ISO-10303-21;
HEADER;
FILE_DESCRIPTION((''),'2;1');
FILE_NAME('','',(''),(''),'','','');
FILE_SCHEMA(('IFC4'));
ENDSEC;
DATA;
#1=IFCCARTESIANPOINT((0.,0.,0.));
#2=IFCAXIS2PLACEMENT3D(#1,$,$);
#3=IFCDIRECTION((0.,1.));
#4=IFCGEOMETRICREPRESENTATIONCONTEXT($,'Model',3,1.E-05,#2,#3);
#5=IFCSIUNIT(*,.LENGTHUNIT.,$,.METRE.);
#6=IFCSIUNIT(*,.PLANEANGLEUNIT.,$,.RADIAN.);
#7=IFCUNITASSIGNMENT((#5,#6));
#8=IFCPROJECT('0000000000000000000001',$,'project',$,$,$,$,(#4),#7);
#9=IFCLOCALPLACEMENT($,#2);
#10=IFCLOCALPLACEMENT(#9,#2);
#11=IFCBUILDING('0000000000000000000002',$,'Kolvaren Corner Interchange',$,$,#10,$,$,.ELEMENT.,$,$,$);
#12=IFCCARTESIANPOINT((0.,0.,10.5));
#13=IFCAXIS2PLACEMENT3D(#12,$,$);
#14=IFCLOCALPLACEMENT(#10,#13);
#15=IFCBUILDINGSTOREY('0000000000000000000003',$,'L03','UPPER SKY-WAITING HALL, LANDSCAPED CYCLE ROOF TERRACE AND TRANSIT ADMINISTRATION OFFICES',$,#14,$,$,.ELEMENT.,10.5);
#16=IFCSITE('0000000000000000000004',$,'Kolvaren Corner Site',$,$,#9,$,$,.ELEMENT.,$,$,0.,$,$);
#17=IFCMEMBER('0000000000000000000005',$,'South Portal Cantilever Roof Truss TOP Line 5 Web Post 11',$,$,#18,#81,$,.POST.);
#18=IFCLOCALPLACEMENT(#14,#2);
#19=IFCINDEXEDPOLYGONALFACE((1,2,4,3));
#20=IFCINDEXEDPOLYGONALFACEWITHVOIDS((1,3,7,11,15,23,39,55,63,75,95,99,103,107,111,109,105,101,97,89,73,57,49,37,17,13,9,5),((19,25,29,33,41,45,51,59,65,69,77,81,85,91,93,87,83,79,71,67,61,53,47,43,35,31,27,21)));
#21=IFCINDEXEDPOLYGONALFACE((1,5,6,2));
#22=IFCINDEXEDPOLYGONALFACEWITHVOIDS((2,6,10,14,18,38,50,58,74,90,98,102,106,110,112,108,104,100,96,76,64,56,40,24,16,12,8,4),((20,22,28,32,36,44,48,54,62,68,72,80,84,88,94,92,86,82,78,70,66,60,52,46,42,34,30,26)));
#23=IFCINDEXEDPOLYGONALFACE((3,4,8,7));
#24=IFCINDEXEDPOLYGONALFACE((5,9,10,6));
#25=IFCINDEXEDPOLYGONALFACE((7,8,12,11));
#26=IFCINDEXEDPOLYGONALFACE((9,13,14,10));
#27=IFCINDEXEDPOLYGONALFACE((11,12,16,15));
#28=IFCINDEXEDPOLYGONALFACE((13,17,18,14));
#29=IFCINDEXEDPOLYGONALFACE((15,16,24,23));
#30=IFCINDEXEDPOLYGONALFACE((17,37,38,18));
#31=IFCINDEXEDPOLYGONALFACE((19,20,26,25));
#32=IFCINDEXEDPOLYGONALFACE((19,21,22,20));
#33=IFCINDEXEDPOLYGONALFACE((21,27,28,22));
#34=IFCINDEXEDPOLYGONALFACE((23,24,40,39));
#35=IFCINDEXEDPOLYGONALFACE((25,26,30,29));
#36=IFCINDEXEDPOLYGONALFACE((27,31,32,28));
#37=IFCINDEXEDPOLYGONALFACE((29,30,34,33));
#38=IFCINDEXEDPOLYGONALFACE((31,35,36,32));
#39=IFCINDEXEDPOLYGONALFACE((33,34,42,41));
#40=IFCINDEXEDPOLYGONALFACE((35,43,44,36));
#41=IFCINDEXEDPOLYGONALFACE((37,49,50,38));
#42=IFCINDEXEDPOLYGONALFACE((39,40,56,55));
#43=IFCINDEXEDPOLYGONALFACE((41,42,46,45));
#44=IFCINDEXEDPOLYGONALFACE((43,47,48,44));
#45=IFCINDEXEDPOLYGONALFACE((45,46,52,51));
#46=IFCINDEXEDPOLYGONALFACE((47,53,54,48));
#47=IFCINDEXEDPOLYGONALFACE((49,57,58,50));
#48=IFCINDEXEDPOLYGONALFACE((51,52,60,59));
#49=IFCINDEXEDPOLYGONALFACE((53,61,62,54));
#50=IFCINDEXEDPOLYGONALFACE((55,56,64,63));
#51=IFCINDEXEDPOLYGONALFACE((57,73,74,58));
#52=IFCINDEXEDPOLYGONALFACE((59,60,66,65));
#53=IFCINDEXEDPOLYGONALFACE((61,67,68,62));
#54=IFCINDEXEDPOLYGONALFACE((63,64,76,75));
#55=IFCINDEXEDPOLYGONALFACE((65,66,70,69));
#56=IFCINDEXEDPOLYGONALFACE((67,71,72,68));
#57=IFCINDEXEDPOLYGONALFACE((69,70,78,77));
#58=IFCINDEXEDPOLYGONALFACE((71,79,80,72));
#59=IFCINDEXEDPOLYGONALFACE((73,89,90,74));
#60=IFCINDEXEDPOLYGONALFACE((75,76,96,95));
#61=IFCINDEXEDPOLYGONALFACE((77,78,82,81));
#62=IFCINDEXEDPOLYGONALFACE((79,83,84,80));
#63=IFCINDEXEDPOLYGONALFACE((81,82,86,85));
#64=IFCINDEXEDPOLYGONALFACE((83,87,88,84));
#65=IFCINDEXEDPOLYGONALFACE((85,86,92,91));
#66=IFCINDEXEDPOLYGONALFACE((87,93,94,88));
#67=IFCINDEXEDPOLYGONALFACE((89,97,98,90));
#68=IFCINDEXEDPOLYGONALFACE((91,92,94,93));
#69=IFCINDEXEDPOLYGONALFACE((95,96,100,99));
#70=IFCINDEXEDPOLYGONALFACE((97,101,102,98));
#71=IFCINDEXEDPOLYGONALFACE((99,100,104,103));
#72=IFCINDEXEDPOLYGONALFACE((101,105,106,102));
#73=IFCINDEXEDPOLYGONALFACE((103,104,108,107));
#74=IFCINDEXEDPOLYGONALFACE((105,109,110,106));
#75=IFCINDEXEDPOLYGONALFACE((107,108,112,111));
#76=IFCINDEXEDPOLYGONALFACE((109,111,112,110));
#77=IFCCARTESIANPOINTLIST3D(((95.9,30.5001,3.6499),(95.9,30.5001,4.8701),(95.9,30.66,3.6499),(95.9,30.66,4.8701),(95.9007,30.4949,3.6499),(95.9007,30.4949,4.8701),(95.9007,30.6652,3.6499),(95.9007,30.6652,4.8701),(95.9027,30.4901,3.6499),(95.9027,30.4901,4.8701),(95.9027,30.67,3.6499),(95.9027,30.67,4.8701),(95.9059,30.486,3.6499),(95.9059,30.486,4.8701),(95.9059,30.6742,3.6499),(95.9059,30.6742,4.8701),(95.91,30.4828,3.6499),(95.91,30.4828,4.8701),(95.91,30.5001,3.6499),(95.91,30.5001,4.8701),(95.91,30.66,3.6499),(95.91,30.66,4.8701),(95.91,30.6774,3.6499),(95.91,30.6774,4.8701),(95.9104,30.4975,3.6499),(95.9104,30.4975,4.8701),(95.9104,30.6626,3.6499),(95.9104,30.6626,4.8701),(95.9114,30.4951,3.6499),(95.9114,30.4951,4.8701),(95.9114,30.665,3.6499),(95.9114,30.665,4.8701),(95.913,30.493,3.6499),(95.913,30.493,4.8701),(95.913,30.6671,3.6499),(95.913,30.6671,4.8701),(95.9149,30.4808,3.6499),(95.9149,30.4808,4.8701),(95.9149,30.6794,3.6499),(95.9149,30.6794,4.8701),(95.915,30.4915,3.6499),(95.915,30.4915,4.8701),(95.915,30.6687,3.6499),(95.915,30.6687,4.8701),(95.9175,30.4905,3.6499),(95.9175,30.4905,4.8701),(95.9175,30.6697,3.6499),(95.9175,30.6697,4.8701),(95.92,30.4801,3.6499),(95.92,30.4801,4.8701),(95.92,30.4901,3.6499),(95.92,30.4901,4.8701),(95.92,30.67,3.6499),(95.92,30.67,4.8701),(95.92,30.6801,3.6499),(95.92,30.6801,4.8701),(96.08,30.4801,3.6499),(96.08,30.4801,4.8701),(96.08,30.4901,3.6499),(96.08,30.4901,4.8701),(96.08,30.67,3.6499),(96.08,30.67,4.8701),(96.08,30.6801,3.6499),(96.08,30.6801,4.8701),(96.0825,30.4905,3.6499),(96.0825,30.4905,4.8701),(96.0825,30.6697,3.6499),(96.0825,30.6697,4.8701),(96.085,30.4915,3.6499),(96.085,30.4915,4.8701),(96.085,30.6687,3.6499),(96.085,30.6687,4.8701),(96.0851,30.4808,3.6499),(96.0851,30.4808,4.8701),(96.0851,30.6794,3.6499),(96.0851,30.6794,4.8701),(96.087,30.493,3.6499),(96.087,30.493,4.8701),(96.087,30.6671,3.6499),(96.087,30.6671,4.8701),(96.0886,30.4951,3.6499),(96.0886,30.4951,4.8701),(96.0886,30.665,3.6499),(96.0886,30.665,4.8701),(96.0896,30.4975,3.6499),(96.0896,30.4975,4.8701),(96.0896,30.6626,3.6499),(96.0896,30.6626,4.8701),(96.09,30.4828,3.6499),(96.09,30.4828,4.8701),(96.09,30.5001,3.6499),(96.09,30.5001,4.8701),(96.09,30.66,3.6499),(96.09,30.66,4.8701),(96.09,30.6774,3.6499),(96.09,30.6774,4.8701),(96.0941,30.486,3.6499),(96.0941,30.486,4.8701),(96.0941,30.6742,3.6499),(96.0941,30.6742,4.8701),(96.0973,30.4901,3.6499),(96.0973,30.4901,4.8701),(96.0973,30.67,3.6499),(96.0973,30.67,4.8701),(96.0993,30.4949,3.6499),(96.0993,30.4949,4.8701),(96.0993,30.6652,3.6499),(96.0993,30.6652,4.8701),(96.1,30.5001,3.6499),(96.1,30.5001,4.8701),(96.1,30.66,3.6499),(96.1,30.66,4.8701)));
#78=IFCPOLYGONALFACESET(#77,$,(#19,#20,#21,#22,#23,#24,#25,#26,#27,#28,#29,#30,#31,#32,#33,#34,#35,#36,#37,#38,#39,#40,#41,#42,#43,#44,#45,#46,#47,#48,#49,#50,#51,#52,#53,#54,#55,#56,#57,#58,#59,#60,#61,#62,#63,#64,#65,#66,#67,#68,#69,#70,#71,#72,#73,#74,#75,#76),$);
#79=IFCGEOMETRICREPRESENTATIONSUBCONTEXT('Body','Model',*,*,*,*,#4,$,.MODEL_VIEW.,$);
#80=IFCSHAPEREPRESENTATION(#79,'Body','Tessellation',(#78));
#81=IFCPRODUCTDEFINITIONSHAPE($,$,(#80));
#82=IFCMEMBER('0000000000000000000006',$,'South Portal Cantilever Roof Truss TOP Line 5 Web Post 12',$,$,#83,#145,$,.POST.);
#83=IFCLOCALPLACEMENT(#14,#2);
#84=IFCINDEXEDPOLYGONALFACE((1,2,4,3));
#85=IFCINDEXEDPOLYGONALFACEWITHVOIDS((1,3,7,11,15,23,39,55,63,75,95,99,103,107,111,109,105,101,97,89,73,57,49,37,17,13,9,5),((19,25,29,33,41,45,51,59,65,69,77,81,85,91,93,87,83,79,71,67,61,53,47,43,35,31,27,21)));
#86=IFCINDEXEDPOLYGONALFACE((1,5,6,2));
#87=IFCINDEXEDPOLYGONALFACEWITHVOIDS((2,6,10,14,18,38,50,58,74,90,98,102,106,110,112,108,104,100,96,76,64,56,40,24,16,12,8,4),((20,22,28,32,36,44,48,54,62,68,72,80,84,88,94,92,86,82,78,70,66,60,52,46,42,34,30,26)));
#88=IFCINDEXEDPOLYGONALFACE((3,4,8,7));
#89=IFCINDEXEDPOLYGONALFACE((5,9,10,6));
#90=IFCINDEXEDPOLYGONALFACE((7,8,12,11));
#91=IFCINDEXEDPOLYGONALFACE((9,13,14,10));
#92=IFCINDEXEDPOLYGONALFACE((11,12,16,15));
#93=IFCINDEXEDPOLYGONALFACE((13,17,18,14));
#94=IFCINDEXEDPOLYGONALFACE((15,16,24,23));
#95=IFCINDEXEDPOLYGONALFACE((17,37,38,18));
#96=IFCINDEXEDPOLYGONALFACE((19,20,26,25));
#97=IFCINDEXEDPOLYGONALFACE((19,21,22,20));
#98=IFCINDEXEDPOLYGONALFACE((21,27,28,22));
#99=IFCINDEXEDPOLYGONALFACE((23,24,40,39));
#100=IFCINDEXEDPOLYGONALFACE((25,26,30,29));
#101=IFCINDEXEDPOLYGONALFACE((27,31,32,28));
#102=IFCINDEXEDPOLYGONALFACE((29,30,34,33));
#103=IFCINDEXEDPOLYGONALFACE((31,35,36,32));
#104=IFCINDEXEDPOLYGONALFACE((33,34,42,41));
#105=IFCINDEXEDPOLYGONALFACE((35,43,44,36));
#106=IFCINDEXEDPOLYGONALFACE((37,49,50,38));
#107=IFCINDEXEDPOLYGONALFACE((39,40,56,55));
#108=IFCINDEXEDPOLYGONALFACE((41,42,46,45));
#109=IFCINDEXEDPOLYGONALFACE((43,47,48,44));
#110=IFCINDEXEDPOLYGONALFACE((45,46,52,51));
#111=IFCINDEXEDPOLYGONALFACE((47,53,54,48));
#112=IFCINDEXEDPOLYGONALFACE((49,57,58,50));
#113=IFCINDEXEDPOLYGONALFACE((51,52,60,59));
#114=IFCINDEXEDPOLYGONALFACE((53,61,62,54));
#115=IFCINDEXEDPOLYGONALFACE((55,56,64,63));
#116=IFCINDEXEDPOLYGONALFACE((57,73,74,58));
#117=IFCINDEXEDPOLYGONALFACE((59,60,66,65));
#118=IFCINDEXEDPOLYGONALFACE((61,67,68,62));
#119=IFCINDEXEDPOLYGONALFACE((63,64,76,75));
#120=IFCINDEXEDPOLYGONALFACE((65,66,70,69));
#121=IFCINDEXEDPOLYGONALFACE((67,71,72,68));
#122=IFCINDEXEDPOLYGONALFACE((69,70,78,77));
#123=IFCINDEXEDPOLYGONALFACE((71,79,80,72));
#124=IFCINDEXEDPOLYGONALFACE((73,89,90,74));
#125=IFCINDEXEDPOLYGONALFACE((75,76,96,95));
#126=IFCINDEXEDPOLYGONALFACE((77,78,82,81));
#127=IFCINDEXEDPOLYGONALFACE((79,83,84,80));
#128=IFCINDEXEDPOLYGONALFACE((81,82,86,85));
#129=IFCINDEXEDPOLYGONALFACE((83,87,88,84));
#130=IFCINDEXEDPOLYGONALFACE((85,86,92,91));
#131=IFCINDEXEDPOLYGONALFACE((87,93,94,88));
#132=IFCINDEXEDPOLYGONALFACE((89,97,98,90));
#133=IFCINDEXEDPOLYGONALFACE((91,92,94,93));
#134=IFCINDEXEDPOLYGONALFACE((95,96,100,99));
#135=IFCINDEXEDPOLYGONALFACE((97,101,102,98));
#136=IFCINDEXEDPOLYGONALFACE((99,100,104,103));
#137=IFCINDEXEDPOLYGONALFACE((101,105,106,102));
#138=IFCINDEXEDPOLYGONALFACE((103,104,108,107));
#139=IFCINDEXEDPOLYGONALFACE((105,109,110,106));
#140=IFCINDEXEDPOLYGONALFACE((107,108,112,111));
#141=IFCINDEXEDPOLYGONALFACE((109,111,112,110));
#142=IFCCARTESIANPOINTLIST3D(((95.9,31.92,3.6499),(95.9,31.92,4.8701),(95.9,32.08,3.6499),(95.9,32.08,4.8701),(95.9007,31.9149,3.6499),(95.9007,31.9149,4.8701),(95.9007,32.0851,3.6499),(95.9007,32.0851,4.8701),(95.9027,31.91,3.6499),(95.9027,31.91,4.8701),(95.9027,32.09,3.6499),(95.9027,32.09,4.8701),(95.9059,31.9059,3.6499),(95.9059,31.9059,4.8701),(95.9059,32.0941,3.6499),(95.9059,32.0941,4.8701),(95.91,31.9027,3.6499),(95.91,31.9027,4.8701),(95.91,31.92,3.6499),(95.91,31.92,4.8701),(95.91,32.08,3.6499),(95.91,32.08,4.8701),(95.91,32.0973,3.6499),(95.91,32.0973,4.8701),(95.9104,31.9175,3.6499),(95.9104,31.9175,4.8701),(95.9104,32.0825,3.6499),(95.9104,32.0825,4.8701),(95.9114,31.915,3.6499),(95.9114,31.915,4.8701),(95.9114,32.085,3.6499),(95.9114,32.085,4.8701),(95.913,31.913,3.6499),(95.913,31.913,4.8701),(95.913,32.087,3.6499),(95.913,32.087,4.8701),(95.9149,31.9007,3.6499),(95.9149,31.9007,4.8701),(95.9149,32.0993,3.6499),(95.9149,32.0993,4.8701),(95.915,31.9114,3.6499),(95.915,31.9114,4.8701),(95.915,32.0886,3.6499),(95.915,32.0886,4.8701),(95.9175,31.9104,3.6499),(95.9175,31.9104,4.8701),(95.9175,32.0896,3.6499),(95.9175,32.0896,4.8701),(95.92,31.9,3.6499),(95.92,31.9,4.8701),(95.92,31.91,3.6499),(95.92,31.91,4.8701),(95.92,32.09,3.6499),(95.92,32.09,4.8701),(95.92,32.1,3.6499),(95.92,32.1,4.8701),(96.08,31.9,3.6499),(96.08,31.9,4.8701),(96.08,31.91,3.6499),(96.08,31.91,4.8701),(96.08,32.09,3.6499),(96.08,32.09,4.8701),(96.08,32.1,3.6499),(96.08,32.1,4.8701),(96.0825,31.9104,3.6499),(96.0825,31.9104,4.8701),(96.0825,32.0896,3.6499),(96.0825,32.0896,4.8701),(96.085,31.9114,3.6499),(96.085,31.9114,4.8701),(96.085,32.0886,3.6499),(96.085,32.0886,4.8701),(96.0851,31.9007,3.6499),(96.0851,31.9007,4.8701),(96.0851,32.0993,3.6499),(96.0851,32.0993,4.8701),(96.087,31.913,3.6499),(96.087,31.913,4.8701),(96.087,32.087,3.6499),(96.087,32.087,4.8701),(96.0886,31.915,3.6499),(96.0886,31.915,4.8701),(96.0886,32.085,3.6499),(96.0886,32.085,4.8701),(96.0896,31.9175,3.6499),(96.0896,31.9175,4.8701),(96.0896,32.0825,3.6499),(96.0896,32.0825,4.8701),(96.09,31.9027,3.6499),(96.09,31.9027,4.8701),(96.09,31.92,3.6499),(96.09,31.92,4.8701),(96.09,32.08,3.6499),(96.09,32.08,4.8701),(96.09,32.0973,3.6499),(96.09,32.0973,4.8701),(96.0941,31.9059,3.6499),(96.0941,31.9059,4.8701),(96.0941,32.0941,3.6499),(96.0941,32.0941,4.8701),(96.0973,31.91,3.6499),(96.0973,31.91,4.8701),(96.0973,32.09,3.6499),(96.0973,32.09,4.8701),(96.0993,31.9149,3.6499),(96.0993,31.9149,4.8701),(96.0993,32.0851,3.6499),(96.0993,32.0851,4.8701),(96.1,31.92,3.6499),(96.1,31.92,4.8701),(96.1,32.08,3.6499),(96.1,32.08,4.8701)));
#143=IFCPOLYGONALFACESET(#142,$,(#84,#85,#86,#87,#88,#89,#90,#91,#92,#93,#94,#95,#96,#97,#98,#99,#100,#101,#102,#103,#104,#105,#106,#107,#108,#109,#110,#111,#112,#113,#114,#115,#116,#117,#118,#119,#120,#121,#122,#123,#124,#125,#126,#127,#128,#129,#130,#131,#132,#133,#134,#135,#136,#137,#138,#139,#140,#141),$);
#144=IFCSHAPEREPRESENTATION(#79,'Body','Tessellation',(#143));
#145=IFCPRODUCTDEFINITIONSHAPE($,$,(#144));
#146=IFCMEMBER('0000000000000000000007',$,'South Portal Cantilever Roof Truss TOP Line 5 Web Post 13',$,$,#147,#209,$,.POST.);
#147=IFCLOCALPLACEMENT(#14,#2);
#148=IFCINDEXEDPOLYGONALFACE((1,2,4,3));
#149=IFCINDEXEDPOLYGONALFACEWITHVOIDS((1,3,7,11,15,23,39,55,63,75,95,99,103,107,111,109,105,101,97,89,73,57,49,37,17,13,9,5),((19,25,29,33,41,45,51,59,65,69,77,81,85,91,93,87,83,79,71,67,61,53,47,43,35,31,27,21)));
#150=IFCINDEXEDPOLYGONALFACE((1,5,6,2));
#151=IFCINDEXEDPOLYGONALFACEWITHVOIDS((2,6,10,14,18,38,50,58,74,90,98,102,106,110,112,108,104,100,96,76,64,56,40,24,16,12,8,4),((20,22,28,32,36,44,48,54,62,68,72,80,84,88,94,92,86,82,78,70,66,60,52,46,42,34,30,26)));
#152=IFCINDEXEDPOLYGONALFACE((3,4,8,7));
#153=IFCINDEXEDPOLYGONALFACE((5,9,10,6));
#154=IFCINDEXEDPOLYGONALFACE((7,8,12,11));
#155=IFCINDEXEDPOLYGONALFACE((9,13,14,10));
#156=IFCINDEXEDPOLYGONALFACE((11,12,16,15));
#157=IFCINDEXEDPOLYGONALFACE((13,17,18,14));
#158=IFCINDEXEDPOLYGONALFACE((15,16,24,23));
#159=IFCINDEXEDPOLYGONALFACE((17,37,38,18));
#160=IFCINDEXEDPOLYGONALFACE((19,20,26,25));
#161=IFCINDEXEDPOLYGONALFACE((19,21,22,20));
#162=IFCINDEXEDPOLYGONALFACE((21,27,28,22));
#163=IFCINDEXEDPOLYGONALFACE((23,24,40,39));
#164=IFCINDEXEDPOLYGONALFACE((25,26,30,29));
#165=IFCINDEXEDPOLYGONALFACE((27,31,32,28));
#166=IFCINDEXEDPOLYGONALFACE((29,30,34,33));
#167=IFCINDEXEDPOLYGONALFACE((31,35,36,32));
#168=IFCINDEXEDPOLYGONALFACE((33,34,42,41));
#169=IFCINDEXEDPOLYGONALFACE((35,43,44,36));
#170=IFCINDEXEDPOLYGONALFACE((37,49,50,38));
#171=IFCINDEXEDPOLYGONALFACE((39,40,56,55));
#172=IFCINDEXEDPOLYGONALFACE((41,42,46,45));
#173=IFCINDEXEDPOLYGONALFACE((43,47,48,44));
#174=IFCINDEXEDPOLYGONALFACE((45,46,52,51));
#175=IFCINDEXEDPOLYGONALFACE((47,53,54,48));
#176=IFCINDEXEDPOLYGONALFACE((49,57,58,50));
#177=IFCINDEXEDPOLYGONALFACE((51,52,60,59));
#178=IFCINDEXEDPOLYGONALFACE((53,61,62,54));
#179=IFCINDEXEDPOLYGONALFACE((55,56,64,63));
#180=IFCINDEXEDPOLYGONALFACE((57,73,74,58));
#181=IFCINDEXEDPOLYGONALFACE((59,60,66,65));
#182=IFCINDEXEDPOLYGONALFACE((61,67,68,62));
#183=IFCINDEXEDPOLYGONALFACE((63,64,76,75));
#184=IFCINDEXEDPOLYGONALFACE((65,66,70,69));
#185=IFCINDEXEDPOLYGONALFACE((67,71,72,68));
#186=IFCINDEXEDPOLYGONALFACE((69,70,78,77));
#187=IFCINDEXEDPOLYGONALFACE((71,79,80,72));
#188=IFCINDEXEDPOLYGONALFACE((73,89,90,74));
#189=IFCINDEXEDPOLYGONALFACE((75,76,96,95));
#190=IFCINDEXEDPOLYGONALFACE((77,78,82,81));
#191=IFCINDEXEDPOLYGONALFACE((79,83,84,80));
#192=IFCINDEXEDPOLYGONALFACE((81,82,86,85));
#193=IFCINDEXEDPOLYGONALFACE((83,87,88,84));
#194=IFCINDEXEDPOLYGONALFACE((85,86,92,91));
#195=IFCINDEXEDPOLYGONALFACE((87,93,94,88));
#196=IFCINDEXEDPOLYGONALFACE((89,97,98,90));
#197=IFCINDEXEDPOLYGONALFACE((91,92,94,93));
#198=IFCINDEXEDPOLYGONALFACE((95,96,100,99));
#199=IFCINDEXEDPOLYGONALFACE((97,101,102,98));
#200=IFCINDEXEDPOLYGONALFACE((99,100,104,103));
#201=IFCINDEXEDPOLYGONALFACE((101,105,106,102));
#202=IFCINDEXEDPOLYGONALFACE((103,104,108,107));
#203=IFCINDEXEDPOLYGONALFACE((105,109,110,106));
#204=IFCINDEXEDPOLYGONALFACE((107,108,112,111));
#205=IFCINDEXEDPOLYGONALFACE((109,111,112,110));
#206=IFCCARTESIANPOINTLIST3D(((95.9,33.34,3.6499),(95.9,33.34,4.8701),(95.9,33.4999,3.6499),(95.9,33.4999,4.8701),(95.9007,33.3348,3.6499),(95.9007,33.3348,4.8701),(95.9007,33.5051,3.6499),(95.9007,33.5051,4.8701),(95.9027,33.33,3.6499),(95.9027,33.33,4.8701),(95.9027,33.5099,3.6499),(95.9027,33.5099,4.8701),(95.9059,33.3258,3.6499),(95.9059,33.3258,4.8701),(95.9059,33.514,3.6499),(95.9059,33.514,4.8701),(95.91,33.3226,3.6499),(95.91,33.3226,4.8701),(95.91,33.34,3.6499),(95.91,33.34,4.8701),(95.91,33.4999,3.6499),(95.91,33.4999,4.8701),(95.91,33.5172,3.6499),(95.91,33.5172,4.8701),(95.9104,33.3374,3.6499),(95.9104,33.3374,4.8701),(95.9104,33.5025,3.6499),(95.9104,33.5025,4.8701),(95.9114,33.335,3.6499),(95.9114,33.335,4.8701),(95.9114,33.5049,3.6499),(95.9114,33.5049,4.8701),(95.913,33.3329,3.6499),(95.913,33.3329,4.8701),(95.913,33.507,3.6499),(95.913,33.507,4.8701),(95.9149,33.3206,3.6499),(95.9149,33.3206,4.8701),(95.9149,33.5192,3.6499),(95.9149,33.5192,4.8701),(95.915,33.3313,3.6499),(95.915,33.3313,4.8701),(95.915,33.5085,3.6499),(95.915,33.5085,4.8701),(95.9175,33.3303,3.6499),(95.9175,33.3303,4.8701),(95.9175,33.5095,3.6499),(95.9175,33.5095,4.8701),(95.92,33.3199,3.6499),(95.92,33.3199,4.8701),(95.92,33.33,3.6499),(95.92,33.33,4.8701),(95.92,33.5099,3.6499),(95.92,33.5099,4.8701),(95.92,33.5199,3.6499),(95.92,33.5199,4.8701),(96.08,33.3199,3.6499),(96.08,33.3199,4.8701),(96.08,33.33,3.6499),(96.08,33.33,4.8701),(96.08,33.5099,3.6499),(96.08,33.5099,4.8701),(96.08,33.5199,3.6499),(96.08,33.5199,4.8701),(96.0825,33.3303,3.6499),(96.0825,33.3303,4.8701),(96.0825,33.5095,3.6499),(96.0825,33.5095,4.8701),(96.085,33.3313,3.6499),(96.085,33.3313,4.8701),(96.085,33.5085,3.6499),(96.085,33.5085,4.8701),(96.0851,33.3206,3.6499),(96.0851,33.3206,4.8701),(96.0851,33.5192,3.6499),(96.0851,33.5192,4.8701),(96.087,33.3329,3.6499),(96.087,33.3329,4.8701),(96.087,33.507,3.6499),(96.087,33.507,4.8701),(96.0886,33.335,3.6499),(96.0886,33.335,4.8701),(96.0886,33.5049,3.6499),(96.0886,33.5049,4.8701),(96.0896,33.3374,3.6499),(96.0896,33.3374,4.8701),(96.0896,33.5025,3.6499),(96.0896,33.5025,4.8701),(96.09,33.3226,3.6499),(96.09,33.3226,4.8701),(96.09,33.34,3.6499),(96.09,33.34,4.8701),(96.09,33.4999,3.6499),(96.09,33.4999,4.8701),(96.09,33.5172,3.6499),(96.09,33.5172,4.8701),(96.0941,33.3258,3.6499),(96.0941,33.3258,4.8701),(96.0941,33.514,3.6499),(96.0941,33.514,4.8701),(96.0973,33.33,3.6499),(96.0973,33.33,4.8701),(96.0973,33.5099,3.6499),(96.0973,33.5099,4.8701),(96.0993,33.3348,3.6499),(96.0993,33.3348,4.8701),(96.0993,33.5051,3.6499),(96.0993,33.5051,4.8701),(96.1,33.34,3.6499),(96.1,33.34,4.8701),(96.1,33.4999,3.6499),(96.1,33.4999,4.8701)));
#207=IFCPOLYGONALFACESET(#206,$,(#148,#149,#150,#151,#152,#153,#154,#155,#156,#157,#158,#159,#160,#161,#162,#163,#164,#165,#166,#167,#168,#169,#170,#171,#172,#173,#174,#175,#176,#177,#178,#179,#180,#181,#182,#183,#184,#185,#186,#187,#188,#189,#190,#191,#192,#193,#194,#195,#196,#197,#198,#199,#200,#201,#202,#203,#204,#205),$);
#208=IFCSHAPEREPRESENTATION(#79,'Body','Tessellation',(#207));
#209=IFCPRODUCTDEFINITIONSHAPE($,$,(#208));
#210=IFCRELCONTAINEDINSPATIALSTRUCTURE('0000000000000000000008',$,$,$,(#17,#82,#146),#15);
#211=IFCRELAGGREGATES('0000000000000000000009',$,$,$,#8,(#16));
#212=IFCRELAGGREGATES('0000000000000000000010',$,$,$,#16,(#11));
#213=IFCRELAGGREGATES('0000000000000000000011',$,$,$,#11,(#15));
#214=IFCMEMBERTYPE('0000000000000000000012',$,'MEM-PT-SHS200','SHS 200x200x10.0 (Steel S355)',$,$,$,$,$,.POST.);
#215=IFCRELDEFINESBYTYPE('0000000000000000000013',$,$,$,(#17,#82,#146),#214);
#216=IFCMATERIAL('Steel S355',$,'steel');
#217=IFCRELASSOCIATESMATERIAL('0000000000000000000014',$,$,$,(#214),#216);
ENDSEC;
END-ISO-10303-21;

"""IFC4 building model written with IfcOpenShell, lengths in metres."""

from ifc_helpers import new_model, si_unit, direction, frame, origin, origin_2d, place, context, subcontext, project, spatial, hollow_rectangle, extrude, material, material_profile, profile_set, type_object, element, save


model = new_model("IFC4")

# Units and contexts
model_context = context("Model", 3, precision=1e-05, world=origin(), true_north=direction((0.0, 1.0)))
body_context = subcontext(model_context, "Body", "Model", "MODEL_VIEW")
ifc_project = project(units=[si_unit("LENGTHUNIT", "METRE"), si_unit("PLANEANGLEUNIT", "RADIAN")], contexts=[model_context])

# Site, building, storey
site_placement = place(None, origin())
site = spatial("IfcSite", under=ifc_project, at=site_placement, Name="Kolvaren Corner Site", CompositionType="ELEMENT", RefElevation=0.0)
building_placement = place(site_placement, origin())
building = spatial("IfcBuilding", under=site, at=building_placement, Name="Kolvaren Corner Interchange", CompositionType="ELEMENT")
storey_placement = place(building_placement, frame((0.0, 0.0, 10.5)))
storey = spatial("IfcBuildingStorey", under=building, at=storey_placement, Name="L03", Description="UPPER SKY-WAITING HALL, LANDSCAPED CYCLE ROOF TERRACE AND TRANSIT ADMINISTRATION OFFICES", CompositionType="ELEMENT", Elevation=10.5)

# Members
ifc_material_1 = material(Name="Steel S355", Category="steel")
ifc_material_profile_1 = material_profile(ifc_material_1, hollow_rectangle(XDim=0.2, YDim=0.2, WallThickness=0.01, InnerFilletRadius=0.01, OuterFilletRadius=0.02, at=origin_2d()), Name="SHS 200x200x10.0")
ifc_profile_set_1 = profile_set([ifc_material_profile_1], Name="Steel S355")
member_type_1 = type_object("IfcMemberType", Name="MEM-PT-SHS200", Description="SHS 200x200x10.0 (Steel S355)", PredefinedType="POST", material=ifc_profile_set_1)
for number, where, z_axis, x_axis, name in (
    (1, (96.0, 30.5801, 3.6499), (0.0, 0.0, 1.0), (1.0, 0.0, 0.0), "South Portal Cantilever Roof Truss TOP Line 5 Web Post 11"),
    (2, (96.0, 32.0, 3.6499), (0.0, 0.0, 1.0), (1.0, 0.0, 0.0), "South Portal Cantilever Roof Truss TOP Line 5 Web Post 12"),
    (3, (96.0, 33.4199, 3.6499), (0.0, 0.0, 1.0), (1.0, 0.0, 0.0), "South Portal Cantilever Roof Truss TOP Line 5 Web Post 13"),
):
    element("IfcMember", number, at=place(storey_placement, frame(where, z_axis=z_axis, x_axis=x_axis)), inside=storey, type_object=member_type_1, Name=name, PredefinedType="POST", context=body_context, shape_type="SweptSolid", body=[
        extrude(hollow_rectangle(XDim=0.2, YDim=0.2, WallThickness=0.01, InnerFilletRadius=0.01, OuterFilletRadius=0.02, at=origin_2d()), origin(), (0.0, 0.0, 1.0), 1.2202),
    ])

save(model, "model.ifc")
